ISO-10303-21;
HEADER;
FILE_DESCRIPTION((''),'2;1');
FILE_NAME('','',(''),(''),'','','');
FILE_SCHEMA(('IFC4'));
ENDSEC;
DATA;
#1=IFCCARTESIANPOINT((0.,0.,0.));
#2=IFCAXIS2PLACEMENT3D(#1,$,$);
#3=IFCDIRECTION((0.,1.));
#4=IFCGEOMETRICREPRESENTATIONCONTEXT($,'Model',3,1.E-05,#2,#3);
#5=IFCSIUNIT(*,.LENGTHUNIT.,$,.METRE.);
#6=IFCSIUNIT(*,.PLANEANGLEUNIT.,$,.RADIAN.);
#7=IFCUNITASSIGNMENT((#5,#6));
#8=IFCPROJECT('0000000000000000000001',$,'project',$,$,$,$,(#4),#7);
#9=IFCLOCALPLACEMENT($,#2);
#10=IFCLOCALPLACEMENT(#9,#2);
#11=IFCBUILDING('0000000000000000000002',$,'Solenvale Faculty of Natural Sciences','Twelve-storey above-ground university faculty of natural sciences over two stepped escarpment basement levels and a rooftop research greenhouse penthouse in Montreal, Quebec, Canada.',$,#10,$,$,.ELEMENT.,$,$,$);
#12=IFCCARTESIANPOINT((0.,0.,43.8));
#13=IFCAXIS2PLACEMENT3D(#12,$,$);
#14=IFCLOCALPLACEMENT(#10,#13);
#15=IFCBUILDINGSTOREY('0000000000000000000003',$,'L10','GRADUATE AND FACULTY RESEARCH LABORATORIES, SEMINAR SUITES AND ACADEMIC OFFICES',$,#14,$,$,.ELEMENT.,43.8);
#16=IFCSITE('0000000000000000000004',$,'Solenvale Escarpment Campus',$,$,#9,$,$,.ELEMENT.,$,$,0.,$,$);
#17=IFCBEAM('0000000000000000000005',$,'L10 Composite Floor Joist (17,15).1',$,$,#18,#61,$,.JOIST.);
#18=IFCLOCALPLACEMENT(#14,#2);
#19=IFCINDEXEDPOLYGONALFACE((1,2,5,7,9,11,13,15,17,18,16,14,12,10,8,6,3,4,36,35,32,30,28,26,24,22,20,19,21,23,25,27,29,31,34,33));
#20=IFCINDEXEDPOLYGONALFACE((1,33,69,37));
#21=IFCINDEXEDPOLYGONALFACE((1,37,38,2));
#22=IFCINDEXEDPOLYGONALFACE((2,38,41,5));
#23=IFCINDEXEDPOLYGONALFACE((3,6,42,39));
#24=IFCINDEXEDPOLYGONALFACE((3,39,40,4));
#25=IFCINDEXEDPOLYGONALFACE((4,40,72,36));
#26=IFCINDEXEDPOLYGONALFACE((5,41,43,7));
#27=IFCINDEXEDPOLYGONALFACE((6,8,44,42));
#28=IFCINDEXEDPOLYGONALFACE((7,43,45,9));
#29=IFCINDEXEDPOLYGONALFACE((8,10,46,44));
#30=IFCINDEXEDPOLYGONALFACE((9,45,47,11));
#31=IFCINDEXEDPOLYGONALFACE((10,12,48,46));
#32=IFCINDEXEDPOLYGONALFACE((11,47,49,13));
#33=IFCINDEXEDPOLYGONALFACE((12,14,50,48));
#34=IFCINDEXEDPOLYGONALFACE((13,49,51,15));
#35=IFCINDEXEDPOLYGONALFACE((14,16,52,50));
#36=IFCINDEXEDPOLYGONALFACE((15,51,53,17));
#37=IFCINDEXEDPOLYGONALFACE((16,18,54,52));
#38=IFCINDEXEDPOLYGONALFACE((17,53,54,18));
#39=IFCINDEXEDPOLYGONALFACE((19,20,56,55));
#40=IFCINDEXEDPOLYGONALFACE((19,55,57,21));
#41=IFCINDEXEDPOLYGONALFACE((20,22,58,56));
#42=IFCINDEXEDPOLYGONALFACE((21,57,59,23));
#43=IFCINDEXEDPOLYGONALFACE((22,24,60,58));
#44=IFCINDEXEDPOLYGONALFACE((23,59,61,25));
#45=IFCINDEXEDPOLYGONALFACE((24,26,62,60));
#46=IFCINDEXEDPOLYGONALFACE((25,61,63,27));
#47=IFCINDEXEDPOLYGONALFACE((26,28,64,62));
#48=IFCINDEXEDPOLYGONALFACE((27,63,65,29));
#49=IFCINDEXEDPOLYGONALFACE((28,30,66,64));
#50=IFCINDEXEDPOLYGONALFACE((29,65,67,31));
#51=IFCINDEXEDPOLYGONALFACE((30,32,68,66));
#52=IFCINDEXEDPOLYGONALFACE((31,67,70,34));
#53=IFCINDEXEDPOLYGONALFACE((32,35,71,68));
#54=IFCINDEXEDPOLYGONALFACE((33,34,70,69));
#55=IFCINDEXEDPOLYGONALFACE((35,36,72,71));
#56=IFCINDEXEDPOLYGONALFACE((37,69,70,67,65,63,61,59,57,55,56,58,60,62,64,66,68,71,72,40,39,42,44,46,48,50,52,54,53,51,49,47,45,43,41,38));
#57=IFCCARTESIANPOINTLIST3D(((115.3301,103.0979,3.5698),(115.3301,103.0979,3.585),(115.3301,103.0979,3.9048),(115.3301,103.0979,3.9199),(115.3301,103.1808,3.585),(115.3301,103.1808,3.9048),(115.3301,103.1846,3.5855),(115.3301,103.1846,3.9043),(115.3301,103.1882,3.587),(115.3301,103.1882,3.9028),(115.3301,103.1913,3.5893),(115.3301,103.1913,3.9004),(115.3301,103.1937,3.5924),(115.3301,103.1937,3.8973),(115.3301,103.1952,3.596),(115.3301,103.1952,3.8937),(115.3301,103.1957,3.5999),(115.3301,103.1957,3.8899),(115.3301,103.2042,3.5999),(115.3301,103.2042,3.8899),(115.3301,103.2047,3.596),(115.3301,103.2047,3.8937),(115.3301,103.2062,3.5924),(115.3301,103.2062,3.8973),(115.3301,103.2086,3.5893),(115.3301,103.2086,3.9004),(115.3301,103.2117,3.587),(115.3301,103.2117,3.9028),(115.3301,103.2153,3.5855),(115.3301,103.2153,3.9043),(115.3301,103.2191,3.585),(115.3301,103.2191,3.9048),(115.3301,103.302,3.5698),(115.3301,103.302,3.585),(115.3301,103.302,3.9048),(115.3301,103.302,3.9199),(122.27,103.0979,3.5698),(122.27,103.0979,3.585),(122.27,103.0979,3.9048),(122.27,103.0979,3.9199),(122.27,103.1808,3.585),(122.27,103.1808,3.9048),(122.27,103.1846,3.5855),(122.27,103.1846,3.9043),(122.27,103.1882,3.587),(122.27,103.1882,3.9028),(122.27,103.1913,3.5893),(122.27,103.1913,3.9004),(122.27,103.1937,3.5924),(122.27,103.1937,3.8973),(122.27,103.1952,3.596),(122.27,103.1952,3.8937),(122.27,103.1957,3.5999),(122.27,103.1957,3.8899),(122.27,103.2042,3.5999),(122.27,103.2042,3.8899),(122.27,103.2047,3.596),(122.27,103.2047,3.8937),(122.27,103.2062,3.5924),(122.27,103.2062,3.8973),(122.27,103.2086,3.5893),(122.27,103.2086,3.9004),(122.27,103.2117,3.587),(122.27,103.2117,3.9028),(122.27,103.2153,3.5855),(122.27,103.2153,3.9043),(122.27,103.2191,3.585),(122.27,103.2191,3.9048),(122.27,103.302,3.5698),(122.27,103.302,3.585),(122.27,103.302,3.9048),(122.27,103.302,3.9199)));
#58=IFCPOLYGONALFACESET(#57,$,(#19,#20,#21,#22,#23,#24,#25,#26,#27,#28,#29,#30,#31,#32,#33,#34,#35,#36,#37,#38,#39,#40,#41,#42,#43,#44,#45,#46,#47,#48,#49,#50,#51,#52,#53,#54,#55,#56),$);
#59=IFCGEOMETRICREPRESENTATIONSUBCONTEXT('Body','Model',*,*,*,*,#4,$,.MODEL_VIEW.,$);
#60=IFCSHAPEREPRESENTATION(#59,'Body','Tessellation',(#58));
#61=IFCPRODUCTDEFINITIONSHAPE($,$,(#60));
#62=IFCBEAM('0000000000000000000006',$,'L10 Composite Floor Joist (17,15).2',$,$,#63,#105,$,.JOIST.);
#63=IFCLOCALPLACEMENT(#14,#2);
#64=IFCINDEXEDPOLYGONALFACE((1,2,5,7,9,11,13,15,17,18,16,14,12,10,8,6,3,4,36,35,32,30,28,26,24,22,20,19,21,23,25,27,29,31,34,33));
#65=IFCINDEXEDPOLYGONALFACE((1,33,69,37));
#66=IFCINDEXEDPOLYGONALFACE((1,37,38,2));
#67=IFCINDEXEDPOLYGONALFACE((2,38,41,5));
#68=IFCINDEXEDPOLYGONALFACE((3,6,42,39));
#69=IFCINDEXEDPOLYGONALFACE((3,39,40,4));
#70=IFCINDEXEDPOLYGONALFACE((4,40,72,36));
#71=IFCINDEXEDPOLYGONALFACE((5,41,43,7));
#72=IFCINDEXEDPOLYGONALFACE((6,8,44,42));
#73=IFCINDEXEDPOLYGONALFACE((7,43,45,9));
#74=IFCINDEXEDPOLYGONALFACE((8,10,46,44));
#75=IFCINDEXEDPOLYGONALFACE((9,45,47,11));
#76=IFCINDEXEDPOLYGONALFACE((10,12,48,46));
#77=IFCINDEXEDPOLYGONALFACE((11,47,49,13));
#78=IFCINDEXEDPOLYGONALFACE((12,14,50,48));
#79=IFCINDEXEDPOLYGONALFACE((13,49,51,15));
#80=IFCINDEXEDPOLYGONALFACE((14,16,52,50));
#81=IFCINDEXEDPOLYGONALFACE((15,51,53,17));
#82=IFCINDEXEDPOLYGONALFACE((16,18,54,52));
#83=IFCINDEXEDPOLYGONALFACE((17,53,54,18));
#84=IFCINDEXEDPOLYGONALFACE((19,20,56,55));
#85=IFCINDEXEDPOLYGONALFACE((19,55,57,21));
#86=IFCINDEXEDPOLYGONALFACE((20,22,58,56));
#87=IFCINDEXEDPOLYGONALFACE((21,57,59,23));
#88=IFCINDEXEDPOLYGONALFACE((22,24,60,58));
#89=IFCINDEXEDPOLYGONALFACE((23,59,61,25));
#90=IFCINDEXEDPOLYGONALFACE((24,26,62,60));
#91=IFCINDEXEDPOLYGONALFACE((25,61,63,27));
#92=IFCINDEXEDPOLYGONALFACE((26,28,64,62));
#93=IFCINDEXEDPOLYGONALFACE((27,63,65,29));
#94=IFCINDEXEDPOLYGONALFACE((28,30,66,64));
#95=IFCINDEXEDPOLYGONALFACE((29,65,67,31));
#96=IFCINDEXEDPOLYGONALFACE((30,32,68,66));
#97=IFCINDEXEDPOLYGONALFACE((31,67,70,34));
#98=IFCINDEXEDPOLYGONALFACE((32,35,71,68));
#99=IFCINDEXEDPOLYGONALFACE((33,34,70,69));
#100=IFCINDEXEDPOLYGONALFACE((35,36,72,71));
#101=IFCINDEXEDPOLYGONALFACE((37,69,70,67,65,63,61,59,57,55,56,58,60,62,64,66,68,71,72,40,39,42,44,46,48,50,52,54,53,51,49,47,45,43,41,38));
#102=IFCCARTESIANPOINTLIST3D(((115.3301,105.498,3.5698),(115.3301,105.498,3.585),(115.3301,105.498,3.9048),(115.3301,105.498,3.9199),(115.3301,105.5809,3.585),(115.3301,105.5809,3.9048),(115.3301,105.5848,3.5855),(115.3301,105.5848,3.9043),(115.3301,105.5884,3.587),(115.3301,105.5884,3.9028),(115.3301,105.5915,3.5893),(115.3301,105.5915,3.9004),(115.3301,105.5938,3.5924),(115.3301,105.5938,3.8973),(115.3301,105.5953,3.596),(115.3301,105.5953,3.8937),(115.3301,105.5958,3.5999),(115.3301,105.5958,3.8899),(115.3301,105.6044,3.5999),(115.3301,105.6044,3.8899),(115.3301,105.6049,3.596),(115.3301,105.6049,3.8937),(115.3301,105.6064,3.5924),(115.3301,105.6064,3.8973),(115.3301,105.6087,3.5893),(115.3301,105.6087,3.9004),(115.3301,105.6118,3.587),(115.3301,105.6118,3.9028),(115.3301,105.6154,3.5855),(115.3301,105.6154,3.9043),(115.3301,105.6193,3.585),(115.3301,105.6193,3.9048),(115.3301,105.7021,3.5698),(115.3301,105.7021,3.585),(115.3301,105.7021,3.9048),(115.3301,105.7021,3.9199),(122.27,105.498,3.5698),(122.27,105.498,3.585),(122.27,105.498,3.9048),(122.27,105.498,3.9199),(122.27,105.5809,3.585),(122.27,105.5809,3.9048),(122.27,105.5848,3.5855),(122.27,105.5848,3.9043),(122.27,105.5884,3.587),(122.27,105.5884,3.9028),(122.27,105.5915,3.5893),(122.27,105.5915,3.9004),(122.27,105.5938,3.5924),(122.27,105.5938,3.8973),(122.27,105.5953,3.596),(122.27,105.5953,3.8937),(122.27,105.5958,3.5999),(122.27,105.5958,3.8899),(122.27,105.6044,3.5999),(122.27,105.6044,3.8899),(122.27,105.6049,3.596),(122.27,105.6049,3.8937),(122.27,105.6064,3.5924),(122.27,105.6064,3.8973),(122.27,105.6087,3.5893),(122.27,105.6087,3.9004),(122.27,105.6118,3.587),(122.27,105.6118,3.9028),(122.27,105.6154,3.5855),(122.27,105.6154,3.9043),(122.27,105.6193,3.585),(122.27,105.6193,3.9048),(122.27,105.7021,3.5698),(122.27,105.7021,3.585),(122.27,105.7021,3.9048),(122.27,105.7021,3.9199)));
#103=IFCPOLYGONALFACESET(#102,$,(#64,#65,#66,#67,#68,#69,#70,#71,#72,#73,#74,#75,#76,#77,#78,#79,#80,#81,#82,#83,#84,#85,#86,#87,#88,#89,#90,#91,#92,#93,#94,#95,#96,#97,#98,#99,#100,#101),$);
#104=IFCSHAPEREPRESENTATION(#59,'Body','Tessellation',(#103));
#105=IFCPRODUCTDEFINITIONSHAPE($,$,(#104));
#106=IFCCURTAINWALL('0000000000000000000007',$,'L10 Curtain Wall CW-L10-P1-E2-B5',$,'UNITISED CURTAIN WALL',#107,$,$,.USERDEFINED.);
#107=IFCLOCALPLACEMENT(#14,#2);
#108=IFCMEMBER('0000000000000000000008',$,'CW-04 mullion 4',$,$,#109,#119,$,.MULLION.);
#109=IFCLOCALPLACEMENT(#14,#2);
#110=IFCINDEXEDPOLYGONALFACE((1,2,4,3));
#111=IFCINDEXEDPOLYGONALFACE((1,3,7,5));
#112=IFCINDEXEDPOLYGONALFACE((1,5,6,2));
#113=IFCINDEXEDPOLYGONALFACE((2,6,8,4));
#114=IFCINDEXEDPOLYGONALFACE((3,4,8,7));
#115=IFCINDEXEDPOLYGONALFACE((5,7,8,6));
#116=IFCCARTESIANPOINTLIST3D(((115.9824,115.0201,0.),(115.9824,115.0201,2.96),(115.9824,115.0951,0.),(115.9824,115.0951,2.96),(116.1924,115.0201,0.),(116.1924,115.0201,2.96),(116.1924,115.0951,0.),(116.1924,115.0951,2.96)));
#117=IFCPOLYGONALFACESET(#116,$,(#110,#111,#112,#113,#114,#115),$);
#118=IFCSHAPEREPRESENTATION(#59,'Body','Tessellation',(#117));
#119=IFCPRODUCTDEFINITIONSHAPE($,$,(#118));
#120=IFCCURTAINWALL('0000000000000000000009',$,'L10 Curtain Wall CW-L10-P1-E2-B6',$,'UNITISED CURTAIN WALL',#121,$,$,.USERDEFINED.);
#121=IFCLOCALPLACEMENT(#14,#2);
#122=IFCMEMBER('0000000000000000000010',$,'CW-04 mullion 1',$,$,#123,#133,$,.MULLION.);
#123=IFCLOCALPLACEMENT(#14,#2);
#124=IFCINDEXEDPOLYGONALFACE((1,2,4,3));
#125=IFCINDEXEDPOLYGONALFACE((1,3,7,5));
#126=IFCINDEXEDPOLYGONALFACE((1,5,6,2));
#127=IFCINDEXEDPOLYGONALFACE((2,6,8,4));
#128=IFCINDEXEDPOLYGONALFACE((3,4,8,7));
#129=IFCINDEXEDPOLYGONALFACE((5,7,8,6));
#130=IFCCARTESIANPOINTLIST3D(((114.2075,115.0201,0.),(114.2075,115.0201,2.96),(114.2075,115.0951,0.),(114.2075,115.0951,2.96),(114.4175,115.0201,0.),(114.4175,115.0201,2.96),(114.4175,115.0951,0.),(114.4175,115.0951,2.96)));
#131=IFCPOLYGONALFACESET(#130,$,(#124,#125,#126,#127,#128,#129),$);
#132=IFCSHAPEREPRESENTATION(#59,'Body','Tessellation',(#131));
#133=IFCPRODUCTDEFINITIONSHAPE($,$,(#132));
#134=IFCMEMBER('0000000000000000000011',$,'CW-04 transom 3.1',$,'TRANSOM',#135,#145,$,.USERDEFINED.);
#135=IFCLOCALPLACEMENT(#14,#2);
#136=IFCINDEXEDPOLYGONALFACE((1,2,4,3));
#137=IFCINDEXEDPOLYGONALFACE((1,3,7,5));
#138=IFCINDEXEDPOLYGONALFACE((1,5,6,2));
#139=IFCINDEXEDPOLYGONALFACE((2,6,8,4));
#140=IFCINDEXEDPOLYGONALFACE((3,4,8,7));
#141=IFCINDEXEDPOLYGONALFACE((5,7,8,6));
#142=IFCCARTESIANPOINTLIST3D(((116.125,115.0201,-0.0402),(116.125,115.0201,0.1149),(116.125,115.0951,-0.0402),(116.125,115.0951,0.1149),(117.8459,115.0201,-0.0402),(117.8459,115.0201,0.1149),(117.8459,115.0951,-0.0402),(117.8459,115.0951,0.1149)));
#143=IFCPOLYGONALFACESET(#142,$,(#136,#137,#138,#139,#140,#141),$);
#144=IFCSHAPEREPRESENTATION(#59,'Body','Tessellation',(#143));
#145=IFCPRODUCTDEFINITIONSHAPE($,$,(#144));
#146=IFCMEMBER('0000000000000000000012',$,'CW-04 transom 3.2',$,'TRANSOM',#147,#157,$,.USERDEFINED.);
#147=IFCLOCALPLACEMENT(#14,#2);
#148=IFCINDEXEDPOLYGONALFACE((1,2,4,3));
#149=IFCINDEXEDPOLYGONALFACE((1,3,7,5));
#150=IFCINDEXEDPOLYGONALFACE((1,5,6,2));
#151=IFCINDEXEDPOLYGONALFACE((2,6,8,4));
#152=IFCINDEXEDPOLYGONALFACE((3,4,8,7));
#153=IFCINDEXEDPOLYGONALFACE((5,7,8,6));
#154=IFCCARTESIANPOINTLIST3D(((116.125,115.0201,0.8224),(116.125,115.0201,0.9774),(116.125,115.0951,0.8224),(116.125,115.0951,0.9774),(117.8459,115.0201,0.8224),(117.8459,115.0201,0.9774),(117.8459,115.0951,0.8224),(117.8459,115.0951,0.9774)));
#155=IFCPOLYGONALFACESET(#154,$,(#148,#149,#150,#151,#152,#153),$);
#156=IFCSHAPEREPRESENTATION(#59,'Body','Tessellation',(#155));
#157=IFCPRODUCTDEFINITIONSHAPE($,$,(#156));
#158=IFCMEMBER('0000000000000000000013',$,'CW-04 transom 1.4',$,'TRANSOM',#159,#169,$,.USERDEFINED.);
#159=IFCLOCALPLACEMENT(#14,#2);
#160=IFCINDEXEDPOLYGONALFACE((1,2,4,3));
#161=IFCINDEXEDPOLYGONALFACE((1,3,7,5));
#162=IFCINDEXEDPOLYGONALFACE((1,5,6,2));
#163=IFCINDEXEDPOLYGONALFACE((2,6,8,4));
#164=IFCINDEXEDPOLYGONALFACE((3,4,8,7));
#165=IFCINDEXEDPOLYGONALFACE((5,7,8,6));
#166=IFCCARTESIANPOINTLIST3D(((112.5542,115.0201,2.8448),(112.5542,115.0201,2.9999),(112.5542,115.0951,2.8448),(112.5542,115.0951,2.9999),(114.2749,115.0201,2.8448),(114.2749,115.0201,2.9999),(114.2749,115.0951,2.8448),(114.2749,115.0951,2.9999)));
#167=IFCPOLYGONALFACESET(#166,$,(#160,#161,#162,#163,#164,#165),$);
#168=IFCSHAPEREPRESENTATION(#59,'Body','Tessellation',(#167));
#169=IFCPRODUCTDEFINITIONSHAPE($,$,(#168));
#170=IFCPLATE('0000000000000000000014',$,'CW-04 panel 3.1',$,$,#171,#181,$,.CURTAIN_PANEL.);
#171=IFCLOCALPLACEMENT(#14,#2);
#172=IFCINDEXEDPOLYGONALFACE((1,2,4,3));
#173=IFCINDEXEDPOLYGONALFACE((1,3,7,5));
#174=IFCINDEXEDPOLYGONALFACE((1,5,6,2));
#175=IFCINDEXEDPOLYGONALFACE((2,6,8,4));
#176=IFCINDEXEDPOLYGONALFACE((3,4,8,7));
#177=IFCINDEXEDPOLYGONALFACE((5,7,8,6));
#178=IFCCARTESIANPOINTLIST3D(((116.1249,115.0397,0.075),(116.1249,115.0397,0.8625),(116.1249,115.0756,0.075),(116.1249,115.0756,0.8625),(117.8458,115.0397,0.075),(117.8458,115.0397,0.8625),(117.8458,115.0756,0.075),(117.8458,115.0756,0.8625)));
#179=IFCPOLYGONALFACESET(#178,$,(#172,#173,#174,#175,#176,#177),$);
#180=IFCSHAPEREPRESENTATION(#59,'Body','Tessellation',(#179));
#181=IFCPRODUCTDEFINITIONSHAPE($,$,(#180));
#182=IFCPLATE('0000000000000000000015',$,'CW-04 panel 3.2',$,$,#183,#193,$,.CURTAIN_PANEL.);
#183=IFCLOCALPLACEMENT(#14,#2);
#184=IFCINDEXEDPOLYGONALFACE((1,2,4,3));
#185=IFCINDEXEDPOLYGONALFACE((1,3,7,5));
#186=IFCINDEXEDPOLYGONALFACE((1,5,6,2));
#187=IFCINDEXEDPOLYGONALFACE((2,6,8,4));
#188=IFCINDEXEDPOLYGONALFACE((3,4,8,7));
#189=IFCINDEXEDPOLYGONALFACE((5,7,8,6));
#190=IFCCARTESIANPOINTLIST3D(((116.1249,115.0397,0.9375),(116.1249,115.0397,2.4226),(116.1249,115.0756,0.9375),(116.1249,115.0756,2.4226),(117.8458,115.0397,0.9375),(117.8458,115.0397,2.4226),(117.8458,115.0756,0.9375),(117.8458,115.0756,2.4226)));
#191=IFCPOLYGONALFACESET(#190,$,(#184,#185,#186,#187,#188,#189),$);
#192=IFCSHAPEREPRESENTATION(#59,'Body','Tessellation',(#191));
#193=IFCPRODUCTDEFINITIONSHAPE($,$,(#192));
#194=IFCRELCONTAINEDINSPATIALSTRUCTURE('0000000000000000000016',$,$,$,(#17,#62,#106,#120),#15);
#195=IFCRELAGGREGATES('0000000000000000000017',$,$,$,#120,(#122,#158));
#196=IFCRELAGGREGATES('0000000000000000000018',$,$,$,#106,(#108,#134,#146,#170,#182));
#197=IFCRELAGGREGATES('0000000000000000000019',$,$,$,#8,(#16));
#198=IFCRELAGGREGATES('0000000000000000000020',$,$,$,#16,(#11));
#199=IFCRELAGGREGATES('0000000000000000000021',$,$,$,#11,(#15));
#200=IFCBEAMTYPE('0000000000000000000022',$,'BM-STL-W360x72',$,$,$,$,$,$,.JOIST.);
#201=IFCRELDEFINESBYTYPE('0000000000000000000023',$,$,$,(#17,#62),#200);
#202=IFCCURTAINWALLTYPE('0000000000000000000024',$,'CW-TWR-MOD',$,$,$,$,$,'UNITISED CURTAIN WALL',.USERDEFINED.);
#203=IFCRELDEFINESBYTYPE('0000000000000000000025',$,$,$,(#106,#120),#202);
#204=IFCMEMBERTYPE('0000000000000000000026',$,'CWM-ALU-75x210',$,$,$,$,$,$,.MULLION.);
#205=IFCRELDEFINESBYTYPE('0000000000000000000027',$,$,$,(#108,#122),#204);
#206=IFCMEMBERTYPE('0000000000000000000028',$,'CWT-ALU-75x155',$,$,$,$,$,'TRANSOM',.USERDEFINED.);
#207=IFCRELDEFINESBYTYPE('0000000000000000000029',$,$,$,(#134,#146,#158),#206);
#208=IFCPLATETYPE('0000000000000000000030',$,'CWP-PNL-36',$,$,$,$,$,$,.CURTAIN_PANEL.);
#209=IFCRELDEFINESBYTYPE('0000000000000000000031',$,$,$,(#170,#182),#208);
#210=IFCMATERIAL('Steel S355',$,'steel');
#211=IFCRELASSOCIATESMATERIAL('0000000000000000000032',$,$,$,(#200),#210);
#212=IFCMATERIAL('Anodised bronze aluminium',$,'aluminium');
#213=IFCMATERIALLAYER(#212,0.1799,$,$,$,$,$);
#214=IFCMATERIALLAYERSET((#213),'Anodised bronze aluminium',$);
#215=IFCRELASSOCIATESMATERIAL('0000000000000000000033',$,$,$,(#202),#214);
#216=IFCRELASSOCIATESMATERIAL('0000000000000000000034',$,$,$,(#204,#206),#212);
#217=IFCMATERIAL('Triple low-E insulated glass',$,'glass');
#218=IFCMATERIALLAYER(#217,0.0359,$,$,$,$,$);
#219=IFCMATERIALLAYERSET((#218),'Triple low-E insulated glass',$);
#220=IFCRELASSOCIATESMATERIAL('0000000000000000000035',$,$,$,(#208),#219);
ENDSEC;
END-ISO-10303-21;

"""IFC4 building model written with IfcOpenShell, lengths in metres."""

from ifc_helpers import new_model, si_unit, direction, frame, origin, origin_2d, place, context, subcontext, project, spatial, rectangle, i_section, extrude, material, layer, layer_set, material_profile, profile_set, type_object, element, aggregate, save


model = new_model("IFC4")

# Units and contexts
model_context = context("Model", 3, precision=1e-05, world=origin(), true_north=direction((0.0, 1.0)))
body_context = subcontext(model_context, "Body", "Model", "MODEL_VIEW")
ifc_project = project(units=[si_unit("LENGTHUNIT", "METRE"), si_unit("PLANEANGLEUNIT", "RADIAN")], contexts=[model_context])

# Site, building, storey
site_placement = place(None, origin())
site = spatial("IfcSite", under=ifc_project, at=site_placement, Name="Solenvale Escarpment Campus", CompositionType="ELEMENT", RefElevation=0.0)
building_placement = place(site_placement, origin())
building = spatial("IfcBuilding", under=site, at=building_placement, Name="Solenvale Faculty of Natural Sciences", Description="Twelve-storey above-ground university faculty of natural sciences over two stepped escarpment basement levels and a rooftop research greenhouse penthouse in Montreal, Quebec, Canada.", CompositionType="ELEMENT")
storey_placement = place(building_placement, frame((0.0, 0.0, 43.8)))
storey = spatial("IfcBuildingStorey", under=building, at=storey_placement, Name="L10", Description="GRADUATE AND FACULTY RESEARCH LABORATORIES, SEMINAR SUITES AND ACADEMIC OFFICES", CompositionType="ELEMENT", Elevation=43.8)

# Beams
ifc_material_1 = material(Name="Steel S355", Category="steel")
ifc_material_profile_1 = material_profile(ifc_material_1, i_section(OverallWidth=0.2041, OverallDepth=0.3501, WebThickness=0.0085, FlangeThickness=0.0151, FilletRadius=0.0149, at=origin_2d()), Name="W360x72")
ifc_profile_set_1 = profile_set([ifc_material_profile_1], Name="Steel S355")
beam_type_1 = type_object("IfcBeamType", Name="BM-STL-W360x72", PredefinedType="JOIST", material=ifc_profile_set_1)
for number, where, z_axis, x_axis, name in (
    (1, (115.3301, 103.2, 3.7449), (1.0, 0.0, 0.0), (0.0, 1.0, 0.0), "L10 Composite Floor Joist (17,15).1"),
    (2, (115.3301, 105.6001, 3.7449), (1.0, 0.0, 0.0), (0.0, 1.0, 0.0), "L10 Composite Floor Joist (17,15).2"),
):
    element("IfcBeam", number, at=place(storey_placement, frame(where, z_axis=z_axis, x_axis=x_axis)), inside=storey, type_object=beam_type_1, Name=name, PredefinedType="JOIST", context=body_context, shape_type="SweptSolid", body=[
        extrude(i_section(OverallWidth=0.2041, OverallDepth=0.3501, WebThickness=0.0085, FlangeThickness=0.0151, FilletRadius=0.0149, at=origin_2d()), origin(), (0.0, 0.0, 1.0), 6.9399),
    ])

# Curtain walls, members
ifc_material_2 = material(Name="Anodised bronze aluminium", Category="aluminium")
ifc_layer_1 = layer(ifc_material_2, 0.1799)
ifc_layer_set_1 = layer_set([ifc_layer_1], Name="Anodised bronze aluminium")
curtain_wall_type = type_object("IfcCurtainWallType", Name="CW-TWR-MOD", ElementType="UNITISED CURTAIN WALL", PredefinedType="USERDEFINED", material=ifc_layer_set_1)
curtain_wall_1_placement = place(storey_placement, origin())
curtain_wall_1 = element("IfcCurtainWall", 3, at=curtain_wall_1_placement, inside=storey, type_object=curtain_wall_type, Name="L10 Curtain Wall CW-L10-P1-E2-B5", ObjectType="UNITISED CURTAIN WALL", PredefinedType="USERDEFINED")
ifc_material_profile_2 = material_profile(ifc_material_2, rectangle(XDim=0.075, YDim=0.21, at=origin_2d()), Name="ALU-MUL-75x210")
ifc_profile_set_2 = profile_set([ifc_material_profile_2], Name="Anodised bronze aluminium")
member_type_1 = type_object("IfcMemberType", Name="CWM-ALU-75x210", PredefinedType="MULLION", material=ifc_profile_set_2)
member_1_placement = place(storey_placement, frame((116.0874, 115.0576, 0.0), z_axis=(0.0, 0.0, 1.0), x_axis=(0.0, -1.0, 0.0)))
member_1 = element("IfcMember", 4, at=member_1_placement, type_object=member_type_1, Name="CW-04 mullion 4", PredefinedType="MULLION", context=body_context, shape_type="SweptSolid", body=[
    extrude(rectangle(XDim=0.075, YDim=0.21, at=origin_2d()), origin(), (0.0, 0.0, 1.0), 2.96),
])
curtain_wall_2_placement = place(storey_placement, origin())
curtain_wall_2 = element("IfcCurtainWall", 5, at=curtain_wall_2_placement, inside=storey, type_object=curtain_wall_type, Name="L10 Curtain Wall CW-L10-P1-E2-B6", ObjectType="UNITISED CURTAIN WALL", PredefinedType="USERDEFINED")
member_2_placement = place(storey_placement, frame((114.3125, 115.0576, 0.0), z_axis=(0.0, 0.0, 1.0), x_axis=(0.0, -1.0, 0.0)))
member_2 = element("IfcMember", 6, at=member_2_placement, type_object=member_type_1, Name="CW-04 mullion 1", PredefinedType="MULLION", context=body_context, shape_type="SweptSolid", body=[
    extrude(rectangle(XDim=0.075, YDim=0.21, at=origin_2d()), origin(), (0.0, 0.0, 1.0), 2.96),
])

# Members
ifc_material_profile_3 = material_profile(ifc_material_2, rectangle(XDim=0.075, YDim=0.155, at=origin_2d()), Name="ALU-TRN-75x155")
ifc_profile_set_3 = profile_set([ifc_material_profile_3], Name="Anodised bronze aluminium")
member_type_2 = type_object("IfcMemberType", Name="CWT-ALU-75x155", ElementType="TRANSOM", PredefinedType="USERDEFINED", material=ifc_profile_set_3)
member_3_placement = place(storey_placement, frame((117.8459, 115.0576, 0.0374), z_axis=(-1.0, 0.0, 0.0), x_axis=(0.0, -1.0, 0.0)))
member_3 = element("IfcMember", 7, at=member_3_placement, type_object=member_type_2, Name="CW-04 transom 3.1", ObjectType="TRANSOM", PredefinedType="USERDEFINED", context=body_context, shape_type="SweptSolid", body=[
    extrude(rectangle(XDim=0.075, YDim=0.155, at=origin_2d()), origin(), (0.0, 0.0, 1.0), 1.7209),
])
member_4_placement = place(storey_placement, frame((117.8459, 115.0576, 0.8999), z_axis=(-1.0, 0.0, 0.0), x_axis=(0.0, -1.0, 0.0)))
member_4 = element("IfcMember", 8, at=member_4_placement, type_object=member_type_2, Name="CW-04 transom 3.2", ObjectType="TRANSOM", PredefinedType="USERDEFINED", context=body_context, shape_type="SweptSolid", body=[
    extrude(rectangle(XDim=0.075, YDim=0.155, at=origin_2d()), origin(), (0.0, 0.0, 1.0), 1.7209),
])
member_5_placement = place(storey_placement, frame((114.2749, 115.0576, 2.9224), z_axis=(-1.0, 0.0, 0.0), x_axis=(0.0, -1.0, 0.0)))
member_5 = element("IfcMember", 9, at=member_5_placement, type_object=member_type_2, Name="CW-04 transom 1.4", ObjectType="TRANSOM", PredefinedType="USERDEFINED", context=body_context, shape_type="SweptSolid", body=[
    extrude(rectangle(XDim=0.075, YDim=0.155, at=origin_2d()), origin(), (0.0, 0.0, 1.0), 1.7207),
])
aggregate(curtain_wall_2, [member_2, member_5])

# Plates
ifc_material_3 = material(Name="Triple low-E insulated glass", Category="glass")
ifc_layer_2 = layer(ifc_material_3, 0.0359)
ifc_layer_set_2 = layer_set([ifc_layer_2], Name="Triple low-E insulated glass")
plate_type = type_object("IfcPlateType", Name="CWP-PNL-36", PredefinedType="CURTAIN_PANEL", material=ifc_layer_set_2)
plate_1_placement = place(storey_placement, frame((116.9854, 115.0576, 0.075), z_axis=(0.0, 0.0, 1.0), x_axis=(-1.0, 0.0, 0.0)))
plate_1 = element("IfcPlate", 10, at=plate_1_placement, type_object=plate_type, Name="CW-04 panel 3.1", PredefinedType="CURTAIN_PANEL", context=body_context, shape_type="SweptSolid", body=[
    extrude(rectangle(XDim=1.7209, YDim=0.0359, at=origin_2d()), origin(), (0.0, 0.0, 1.0), 0.7876),
])
plate_2_placement = place(storey_placement, frame((116.9854, 115.0576, 0.9375), z_axis=(0.0, 0.0, 1.0), x_axis=(-1.0, 0.0, 0.0)))
plate_2 = element("IfcPlate", 11, at=plate_2_placement, type_object=plate_type, Name="CW-04 panel 3.2", PredefinedType="CURTAIN_PANEL", context=body_context, shape_type="SweptSolid", body=[
    extrude(rectangle(XDim=1.7209, YDim=0.0359, at=origin_2d()), origin(), (0.0, 0.0, 1.0), 1.4851),
])
aggregate(curtain_wall_1, [member_1, member_3, member_4, plate_1, plate_2])

save(model, "model.ifc")
